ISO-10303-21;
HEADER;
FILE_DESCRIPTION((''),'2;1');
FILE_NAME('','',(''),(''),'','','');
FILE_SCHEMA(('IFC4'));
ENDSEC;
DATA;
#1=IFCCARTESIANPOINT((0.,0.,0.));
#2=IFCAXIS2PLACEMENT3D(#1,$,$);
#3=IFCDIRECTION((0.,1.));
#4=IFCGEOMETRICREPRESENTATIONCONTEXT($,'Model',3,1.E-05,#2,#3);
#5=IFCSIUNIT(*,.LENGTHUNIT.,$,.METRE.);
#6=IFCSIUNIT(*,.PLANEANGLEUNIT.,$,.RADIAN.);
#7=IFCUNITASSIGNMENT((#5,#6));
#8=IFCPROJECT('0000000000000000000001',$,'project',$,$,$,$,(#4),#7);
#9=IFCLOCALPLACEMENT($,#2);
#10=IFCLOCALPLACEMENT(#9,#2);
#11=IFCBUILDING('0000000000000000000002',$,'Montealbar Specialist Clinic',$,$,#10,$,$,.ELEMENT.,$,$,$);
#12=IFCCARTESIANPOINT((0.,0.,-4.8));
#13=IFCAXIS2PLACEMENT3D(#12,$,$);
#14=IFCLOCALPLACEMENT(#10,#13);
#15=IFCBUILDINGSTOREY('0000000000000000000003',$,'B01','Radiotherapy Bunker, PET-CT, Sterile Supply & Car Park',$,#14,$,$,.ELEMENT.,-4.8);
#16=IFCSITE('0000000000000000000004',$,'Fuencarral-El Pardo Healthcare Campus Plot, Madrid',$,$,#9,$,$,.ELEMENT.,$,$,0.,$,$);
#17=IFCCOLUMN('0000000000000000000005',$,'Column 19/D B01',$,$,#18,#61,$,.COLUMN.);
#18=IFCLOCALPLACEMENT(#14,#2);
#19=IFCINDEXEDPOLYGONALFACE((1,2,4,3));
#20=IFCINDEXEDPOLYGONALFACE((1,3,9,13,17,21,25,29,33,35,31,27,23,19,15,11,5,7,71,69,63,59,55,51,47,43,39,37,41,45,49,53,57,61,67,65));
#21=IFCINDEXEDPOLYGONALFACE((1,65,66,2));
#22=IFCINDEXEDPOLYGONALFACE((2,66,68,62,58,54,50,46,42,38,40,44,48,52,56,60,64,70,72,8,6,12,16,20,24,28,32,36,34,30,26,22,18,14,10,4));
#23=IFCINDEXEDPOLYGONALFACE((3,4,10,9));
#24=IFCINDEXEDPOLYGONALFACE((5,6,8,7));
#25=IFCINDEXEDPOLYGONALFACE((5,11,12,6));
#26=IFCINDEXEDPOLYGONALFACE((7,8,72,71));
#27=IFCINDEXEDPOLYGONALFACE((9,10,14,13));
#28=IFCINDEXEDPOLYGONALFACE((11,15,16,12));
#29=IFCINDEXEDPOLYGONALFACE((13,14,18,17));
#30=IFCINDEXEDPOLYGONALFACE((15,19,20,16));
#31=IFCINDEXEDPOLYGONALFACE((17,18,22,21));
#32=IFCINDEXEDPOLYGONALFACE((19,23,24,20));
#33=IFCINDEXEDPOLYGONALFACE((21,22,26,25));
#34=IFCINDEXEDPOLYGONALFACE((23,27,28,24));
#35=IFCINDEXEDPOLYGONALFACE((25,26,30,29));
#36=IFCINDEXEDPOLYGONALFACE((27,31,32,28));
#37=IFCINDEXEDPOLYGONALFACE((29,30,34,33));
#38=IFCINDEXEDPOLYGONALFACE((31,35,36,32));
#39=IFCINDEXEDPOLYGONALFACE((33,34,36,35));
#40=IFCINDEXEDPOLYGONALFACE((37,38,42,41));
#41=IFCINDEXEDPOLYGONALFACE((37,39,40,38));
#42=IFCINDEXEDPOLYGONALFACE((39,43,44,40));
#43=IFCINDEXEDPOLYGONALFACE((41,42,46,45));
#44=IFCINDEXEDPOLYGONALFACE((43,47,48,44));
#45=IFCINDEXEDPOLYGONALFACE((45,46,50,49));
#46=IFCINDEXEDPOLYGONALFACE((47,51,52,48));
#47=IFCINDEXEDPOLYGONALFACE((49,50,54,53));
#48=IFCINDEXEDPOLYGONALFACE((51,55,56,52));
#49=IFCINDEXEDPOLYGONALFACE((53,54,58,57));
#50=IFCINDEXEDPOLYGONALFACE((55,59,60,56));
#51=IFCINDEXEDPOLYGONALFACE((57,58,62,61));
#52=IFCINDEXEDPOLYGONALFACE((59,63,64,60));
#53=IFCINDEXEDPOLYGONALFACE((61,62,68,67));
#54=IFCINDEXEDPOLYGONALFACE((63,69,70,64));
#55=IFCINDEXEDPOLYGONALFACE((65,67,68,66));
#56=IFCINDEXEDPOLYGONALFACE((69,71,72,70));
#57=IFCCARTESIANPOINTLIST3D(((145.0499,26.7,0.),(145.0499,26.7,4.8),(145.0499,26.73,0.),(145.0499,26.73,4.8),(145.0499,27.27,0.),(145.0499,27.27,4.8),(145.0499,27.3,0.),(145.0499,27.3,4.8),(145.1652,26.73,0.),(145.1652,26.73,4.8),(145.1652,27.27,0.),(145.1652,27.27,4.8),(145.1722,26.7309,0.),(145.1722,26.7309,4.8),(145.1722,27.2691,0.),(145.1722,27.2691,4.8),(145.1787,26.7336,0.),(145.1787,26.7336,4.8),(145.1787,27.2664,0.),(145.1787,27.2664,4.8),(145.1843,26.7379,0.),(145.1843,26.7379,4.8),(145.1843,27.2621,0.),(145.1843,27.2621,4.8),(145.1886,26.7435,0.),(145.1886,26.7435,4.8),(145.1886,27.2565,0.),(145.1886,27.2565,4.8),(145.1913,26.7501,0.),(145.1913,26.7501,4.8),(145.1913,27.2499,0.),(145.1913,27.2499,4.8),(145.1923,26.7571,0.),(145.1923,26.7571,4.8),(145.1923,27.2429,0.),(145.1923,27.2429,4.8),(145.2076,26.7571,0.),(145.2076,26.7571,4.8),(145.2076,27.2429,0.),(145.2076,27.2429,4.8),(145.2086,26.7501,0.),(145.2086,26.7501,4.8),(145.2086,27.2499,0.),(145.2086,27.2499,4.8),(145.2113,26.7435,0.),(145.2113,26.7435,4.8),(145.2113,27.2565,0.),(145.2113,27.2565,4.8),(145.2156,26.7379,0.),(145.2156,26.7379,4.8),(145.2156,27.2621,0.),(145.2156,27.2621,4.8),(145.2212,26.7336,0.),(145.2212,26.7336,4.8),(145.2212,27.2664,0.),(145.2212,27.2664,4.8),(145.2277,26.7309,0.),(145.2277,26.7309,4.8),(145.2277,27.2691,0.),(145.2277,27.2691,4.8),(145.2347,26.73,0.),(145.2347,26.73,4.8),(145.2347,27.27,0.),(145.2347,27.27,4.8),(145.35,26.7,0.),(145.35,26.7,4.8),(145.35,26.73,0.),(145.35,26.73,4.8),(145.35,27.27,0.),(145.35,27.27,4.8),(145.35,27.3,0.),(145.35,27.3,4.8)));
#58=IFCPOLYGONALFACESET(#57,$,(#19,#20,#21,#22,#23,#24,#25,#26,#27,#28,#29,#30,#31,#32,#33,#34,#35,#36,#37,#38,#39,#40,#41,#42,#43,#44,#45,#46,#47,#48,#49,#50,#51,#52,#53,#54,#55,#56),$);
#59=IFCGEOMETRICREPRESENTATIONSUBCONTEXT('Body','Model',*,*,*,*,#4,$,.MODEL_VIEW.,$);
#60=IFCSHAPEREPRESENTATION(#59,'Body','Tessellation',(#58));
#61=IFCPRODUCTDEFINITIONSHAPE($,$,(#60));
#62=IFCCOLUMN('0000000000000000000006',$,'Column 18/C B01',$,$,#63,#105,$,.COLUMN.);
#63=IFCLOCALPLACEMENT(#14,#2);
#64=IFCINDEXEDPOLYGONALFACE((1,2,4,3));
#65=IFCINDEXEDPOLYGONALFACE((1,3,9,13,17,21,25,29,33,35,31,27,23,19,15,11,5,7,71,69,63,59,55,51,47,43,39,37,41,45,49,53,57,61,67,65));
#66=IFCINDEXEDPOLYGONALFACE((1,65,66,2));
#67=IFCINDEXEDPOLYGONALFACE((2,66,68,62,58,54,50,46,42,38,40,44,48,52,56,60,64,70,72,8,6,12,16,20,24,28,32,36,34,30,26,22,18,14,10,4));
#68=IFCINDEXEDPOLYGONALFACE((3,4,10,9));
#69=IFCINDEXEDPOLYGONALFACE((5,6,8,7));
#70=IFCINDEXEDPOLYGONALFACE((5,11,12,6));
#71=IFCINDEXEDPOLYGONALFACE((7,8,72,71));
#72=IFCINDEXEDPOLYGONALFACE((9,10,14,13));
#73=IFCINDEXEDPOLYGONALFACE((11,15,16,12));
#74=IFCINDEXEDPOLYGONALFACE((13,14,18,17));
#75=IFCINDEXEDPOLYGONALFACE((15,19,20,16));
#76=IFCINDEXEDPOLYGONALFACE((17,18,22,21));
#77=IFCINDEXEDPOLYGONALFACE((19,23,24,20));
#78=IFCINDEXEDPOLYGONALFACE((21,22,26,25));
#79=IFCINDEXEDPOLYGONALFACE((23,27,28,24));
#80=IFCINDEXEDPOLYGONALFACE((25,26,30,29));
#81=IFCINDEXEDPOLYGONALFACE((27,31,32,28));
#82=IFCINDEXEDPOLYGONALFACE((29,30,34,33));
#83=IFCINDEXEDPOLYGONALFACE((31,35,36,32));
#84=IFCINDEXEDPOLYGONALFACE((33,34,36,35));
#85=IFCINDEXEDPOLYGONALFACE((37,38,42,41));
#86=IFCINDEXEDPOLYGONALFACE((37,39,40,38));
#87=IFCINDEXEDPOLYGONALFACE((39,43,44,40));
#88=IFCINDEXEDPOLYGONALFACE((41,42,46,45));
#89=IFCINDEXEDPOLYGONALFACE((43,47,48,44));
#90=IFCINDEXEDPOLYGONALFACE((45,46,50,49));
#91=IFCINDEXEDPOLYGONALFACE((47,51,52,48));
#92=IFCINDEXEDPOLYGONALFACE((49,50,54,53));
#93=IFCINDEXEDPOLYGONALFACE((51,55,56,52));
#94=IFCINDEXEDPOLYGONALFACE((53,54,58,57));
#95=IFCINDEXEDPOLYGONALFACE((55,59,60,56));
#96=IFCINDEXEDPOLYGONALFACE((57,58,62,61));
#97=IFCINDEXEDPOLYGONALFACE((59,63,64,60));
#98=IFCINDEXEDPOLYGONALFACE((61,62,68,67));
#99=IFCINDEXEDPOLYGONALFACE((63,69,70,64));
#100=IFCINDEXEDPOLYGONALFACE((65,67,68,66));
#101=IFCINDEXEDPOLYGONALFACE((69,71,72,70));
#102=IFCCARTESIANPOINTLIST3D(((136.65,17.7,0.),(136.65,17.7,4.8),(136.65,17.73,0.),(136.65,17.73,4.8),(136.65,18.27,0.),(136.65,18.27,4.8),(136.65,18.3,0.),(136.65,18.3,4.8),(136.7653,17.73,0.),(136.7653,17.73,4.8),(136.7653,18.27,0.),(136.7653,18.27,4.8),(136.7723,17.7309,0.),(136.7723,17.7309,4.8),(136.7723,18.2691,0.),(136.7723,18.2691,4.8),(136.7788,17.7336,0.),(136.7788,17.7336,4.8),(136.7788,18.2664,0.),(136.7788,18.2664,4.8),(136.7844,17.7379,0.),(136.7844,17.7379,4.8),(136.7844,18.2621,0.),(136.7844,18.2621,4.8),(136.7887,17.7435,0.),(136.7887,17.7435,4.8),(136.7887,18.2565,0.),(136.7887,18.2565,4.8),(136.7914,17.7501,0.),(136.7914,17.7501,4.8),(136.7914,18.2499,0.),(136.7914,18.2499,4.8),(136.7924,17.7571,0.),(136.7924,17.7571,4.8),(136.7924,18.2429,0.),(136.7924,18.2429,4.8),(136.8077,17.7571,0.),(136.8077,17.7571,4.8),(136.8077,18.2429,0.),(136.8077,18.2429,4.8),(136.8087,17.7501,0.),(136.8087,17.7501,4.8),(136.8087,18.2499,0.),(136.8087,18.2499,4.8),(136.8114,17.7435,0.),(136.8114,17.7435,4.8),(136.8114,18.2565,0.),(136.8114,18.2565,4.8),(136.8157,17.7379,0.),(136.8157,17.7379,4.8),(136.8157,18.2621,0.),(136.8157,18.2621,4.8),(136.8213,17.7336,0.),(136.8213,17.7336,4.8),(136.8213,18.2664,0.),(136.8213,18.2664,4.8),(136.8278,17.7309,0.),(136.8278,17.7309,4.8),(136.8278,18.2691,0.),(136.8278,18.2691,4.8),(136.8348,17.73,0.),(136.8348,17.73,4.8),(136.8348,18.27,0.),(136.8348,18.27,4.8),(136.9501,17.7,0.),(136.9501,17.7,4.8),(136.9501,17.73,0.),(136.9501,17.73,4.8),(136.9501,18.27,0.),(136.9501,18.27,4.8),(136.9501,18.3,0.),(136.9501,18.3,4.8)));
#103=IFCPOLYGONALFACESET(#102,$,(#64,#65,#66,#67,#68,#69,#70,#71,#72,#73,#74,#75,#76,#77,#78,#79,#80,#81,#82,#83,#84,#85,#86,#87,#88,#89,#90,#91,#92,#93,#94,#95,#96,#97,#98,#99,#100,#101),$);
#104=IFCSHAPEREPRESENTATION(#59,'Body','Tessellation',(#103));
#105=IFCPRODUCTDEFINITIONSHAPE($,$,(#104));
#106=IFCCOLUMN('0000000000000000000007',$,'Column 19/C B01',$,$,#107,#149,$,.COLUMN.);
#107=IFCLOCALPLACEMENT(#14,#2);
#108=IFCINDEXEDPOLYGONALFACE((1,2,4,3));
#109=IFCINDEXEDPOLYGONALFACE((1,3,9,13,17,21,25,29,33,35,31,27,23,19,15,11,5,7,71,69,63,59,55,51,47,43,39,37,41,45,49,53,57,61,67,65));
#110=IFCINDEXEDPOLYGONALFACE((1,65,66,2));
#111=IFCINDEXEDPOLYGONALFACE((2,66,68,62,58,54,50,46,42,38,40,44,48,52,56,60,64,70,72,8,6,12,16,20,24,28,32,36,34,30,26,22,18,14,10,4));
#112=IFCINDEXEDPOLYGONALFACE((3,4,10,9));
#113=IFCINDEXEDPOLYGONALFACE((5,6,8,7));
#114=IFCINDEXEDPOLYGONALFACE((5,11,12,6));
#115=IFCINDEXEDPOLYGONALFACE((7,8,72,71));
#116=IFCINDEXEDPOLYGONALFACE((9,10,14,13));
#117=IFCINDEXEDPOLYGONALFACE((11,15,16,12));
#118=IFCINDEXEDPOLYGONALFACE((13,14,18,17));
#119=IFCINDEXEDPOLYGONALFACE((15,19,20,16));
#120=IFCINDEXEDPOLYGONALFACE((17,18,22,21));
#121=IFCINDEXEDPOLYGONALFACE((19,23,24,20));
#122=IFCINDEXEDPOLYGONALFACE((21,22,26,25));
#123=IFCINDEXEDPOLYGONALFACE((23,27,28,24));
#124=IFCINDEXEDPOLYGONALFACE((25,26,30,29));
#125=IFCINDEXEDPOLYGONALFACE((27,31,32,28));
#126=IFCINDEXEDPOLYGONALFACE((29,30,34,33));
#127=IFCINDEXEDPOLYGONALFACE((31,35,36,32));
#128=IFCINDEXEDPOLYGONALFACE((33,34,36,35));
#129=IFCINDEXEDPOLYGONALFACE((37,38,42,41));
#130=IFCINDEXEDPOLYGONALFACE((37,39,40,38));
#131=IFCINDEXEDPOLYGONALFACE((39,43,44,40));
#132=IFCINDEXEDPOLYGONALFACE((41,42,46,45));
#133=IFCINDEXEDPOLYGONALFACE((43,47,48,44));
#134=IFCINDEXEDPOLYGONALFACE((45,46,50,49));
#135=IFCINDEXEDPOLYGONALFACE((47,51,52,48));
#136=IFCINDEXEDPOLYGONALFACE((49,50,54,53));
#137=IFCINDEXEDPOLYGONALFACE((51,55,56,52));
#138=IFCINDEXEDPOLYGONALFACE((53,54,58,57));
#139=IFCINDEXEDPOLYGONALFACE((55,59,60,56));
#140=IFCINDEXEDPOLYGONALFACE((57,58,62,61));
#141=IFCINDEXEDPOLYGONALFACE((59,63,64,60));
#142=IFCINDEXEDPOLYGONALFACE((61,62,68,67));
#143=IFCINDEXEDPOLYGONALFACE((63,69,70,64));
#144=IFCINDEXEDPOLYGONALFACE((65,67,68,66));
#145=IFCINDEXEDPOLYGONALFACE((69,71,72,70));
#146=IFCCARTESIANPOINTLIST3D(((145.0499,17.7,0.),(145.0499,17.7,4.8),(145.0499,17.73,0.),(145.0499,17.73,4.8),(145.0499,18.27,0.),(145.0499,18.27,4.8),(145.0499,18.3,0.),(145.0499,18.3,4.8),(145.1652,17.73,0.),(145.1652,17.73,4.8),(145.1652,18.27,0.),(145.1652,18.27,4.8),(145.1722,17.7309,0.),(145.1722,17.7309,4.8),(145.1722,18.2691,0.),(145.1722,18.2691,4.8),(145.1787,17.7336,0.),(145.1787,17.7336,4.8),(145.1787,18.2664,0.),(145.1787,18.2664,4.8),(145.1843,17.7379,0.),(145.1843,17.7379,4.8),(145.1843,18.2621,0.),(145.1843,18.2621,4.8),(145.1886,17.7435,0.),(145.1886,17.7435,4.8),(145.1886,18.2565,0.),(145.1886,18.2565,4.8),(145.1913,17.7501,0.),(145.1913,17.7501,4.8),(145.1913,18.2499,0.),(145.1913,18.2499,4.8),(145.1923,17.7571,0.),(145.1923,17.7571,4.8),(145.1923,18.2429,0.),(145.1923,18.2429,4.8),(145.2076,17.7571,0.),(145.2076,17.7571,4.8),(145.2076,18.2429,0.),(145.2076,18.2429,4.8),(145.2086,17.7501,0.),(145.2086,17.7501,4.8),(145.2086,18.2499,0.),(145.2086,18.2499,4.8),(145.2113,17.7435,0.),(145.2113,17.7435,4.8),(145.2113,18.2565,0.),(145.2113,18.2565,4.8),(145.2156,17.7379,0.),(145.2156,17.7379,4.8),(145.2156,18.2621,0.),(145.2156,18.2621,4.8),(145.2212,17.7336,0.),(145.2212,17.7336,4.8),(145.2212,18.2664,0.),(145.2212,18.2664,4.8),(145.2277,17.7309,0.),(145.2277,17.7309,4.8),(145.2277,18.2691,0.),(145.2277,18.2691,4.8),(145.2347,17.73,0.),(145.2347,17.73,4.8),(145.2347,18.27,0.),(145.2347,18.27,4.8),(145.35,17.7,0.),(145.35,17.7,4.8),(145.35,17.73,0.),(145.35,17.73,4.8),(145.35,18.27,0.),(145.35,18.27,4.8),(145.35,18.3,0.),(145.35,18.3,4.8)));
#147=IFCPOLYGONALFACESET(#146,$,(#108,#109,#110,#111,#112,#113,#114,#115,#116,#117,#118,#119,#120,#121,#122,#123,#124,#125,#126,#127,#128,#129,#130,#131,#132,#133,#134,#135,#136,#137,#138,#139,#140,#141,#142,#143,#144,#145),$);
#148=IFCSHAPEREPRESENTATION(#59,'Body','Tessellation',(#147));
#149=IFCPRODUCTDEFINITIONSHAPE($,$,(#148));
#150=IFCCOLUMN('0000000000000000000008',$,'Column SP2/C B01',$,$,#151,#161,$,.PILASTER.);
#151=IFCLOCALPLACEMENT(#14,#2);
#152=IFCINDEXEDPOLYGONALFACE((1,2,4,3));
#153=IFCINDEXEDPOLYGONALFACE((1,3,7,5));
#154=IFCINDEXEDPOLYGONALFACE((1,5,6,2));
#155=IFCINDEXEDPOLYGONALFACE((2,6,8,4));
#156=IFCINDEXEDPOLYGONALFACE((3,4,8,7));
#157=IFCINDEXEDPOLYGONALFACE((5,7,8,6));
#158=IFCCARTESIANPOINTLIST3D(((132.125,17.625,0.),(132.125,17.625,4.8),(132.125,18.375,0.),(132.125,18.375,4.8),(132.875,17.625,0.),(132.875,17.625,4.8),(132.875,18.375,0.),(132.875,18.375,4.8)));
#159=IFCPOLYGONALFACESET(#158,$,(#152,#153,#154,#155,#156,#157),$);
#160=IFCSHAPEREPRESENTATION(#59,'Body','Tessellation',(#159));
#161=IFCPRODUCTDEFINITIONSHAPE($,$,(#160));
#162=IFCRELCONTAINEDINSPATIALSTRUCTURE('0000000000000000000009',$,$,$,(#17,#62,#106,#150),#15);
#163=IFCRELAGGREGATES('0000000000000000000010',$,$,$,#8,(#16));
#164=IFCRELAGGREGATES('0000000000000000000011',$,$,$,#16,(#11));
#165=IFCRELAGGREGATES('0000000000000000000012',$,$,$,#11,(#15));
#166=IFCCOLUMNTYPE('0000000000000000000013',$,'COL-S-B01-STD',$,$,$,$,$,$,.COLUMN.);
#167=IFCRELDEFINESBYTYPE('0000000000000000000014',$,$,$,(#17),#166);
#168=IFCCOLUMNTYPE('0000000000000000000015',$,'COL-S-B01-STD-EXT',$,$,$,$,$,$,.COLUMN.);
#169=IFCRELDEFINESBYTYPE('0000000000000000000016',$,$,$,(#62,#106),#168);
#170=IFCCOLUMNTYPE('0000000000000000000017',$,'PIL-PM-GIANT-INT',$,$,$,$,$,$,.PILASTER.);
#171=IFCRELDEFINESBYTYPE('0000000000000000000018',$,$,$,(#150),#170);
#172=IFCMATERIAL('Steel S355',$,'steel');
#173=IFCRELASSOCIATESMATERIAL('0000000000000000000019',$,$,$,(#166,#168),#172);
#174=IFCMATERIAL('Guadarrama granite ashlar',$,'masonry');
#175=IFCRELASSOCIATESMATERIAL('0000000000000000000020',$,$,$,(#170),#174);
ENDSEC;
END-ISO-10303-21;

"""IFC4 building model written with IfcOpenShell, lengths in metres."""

from ifc_helpers import new_model, si_unit, direction, frame, origin, origin_2d, place, context, subcontext, project, spatial, rectangle, i_section, extrude, material, material_profile, profile_set, type_object, element, save


model = new_model("IFC4")

# Units and contexts
model_context = context("Model", 3, precision=1e-05, world=origin(), true_north=direction((0.0, 1.0)))
body_context = subcontext(model_context, "Body", "Model", "MODEL_VIEW")
ifc_project = project(units=[si_unit("LENGTHUNIT", "METRE"), si_unit("PLANEANGLEUNIT", "RADIAN")], contexts=[model_context])

# Site, building, storey
site_placement = place(None, origin())
site = spatial("IfcSite", under=ifc_project, at=site_placement, Name="Fuencarral-El Pardo Healthcare Campus Plot, Madrid", CompositionType="ELEMENT", RefElevation=0.0)
building_placement = place(site_placement, origin())
building = spatial("IfcBuilding", under=site, at=building_placement, Name="Montealbar Specialist Clinic", CompositionType="ELEMENT")
storey_placement = place(building_placement, frame((0.0, 0.0, -4.8)))
storey = spatial("IfcBuildingStorey", under=building, at=storey_placement, Name="B01", Description="Radiotherapy Bunker, PET-CT, Sterile Supply & Car Park", CompositionType="ELEMENT", Elevation=-4.8)

# Columns
ifc_material_1 = material(Name="Steel S355", Category="steel")
ifc_material_profile_1 = material_profile(ifc_material_1, i_section(OverallWidth=0.3, OverallDepth=0.6001, WebThickness=0.0154, FlangeThickness=0.03, FilletRadius=0.0271, at=origin_2d()), Name="HEB 600", Category="steel")
ifc_profile_set_1 = profile_set([ifc_material_profile_1], Name="Steel S355")
column_type_1 = type_object("IfcColumnType", Name="COL-S-B01-STD", PredefinedType="COLUMN", material=ifc_profile_set_1)
for number, where, z_axis, x_axis, name in (
    (1, (145.2, 27.0, 0.0), (0.0, 0.0, 1.0), (1.0, 0.0, 0.0), "Column 19/D B01"),
):
    element("IfcColumn", number, at=place(storey_placement, frame(where, z_axis=z_axis, x_axis=x_axis)), inside=storey, type_object=column_type_1, Name=name, PredefinedType="COLUMN", context=body_context, shape_type="SweptSolid", body=[
        extrude(i_section(OverallWidth=0.3, OverallDepth=0.6001, WebThickness=0.0154, FlangeThickness=0.03, FilletRadius=0.0271, at=origin_2d()), origin(), (0.0, 0.0, 1.0), 4.8),
    ])
ifc_material_profile_2 = material_profile(ifc_material_1, i_section(OverallWidth=0.3, OverallDepth=0.6001, WebThickness=0.0154, FlangeThickness=0.03, FilletRadius=0.0271, at=origin_2d()), Name="HEB 600", Category="steel")
ifc_profile_set_2 = profile_set([ifc_material_profile_2], Name="Steel S355")
column_type_2 = type_object("IfcColumnType", Name="COL-S-B01-STD-EXT", PredefinedType="COLUMN", material=ifc_profile_set_2)
for number, where, z_axis, x_axis, name in (
    (2, (136.8, 18.0, 0.0), (0.0, 0.0, 1.0), (1.0, 0.0, 0.0), "Column 18/C B01"),
    (3, (145.2, 18.0, 0.0), (0.0, 0.0, 1.0), (1.0, 0.0, 0.0), "Column 19/C B01"),
):
    element("IfcColumn", number, at=place(storey_placement, frame(where, z_axis=z_axis, x_axis=x_axis)), inside=storey, type_object=column_type_2, Name=name, PredefinedType="COLUMN", context=body_context, shape_type="SweptSolid", body=[
        extrude(i_section(OverallWidth=0.3, OverallDepth=0.6001, WebThickness=0.0154, FlangeThickness=0.03, FilletRadius=0.0271, at=origin_2d()), origin(), (0.0, 0.0, 1.0), 4.8),
    ])
ifc_material_2 = material(Name="Guadarrama granite ashlar", Category="masonry")
ifc_material_profile_3 = material_profile(ifc_material_2, rectangle(XDim=0.75, YDim=0.75, at=origin_2d()), Name="GRANITE PILASTER 750x750", Category="masonry")
ifc_profile_set_3 = profile_set([ifc_material_profile_3], Name="Guadarrama granite ashlar")
column_type_3 = type_object("IfcColumnType", Name="PIL-PM-GIANT-INT", PredefinedType="PILASTER", material=ifc_profile_set_3)
column_placement = place(storey_placement, frame((132.5, 18.0, 0.0), z_axis=(0.0, 0.0, 1.0), x_axis=(1.0, 0.0, 0.0)))
element("IfcColumn", 4, at=column_placement, inside=storey, type_object=column_type_3, Name="Column SP2/C B01", PredefinedType="PILASTER", context=body_context, shape_type="SweptSolid", body=[
    extrude(rectangle(XDim=0.75, YDim=0.75, at=origin_2d()), origin(), (0.0, 0.0, 1.0), 4.8),
])

save(model, "model.ifc")
